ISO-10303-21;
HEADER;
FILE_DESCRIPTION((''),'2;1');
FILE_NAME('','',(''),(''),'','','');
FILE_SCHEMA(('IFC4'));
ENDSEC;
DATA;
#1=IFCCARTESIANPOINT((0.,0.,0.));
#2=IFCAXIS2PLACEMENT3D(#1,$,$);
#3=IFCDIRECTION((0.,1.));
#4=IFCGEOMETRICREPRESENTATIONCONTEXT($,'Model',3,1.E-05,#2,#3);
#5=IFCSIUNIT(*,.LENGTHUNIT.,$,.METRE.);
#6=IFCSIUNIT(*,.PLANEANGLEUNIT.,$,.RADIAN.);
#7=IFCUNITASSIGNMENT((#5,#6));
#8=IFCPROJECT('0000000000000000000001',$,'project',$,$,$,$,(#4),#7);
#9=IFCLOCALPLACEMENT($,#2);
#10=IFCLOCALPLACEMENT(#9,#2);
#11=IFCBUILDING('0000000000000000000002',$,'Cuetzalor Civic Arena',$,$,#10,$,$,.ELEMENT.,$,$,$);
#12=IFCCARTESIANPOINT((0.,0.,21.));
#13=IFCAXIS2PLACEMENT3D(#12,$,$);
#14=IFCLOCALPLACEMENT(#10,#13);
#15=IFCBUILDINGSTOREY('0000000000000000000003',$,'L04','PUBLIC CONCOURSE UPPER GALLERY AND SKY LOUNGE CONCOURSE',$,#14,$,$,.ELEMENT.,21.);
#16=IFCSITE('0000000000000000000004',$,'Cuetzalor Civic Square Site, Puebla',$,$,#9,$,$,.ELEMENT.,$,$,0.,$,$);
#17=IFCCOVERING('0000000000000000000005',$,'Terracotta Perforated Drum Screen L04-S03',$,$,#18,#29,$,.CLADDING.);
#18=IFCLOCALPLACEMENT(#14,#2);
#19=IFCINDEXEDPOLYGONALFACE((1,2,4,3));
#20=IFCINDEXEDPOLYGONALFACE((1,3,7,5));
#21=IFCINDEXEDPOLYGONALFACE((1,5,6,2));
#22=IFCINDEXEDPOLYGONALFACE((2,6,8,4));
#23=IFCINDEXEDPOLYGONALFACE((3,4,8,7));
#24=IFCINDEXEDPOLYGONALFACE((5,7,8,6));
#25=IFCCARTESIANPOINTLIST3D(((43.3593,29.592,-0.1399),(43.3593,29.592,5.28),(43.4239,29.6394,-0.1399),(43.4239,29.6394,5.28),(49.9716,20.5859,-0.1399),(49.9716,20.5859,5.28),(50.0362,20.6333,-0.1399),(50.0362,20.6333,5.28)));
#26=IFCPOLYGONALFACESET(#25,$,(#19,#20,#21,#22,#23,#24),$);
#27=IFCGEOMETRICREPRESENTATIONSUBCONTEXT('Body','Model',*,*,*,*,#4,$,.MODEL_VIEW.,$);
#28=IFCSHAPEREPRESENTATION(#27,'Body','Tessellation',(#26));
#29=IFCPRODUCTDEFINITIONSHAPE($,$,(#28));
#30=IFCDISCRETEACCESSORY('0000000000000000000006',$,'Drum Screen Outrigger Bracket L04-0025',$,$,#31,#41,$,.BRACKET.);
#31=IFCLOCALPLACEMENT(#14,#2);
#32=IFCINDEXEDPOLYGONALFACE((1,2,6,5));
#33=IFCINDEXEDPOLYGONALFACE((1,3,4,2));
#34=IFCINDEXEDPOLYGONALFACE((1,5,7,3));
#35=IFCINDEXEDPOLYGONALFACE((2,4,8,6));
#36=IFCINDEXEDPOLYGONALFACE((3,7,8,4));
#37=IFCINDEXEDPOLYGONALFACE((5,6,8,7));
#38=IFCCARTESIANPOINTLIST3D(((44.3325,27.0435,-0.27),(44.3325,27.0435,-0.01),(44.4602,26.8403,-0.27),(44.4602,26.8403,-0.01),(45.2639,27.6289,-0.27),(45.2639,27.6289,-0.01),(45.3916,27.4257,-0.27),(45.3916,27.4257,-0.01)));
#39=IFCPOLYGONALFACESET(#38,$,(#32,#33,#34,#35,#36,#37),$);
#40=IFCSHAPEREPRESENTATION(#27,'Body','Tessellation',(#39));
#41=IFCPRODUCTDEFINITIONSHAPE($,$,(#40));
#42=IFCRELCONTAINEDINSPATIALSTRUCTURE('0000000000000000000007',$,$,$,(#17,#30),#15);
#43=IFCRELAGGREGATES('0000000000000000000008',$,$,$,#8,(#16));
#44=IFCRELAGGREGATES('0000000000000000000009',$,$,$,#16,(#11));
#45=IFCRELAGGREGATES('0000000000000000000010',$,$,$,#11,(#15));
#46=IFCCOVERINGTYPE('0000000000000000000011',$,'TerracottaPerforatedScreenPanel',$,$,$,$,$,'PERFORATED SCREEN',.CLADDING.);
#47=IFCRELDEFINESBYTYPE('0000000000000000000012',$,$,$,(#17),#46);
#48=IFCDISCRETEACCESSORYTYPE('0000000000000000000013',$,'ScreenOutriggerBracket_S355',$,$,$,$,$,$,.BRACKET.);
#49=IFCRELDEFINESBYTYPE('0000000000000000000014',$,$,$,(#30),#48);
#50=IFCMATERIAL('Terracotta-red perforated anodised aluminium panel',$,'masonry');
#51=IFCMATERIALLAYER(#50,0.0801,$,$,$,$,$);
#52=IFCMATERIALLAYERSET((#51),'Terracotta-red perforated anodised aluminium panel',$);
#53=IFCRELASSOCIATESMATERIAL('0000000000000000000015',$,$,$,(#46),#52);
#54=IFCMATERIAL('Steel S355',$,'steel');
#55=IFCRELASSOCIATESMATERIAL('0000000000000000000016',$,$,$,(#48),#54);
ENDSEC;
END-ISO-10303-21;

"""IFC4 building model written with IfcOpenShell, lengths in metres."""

from ifc_helpers import new_model, si_unit, direction, frame, frame_2d, origin, origin_2d, place, context, subcontext, project, spatial, rectangle, extrude, material, layer, layer_set, type_object, element, save


model = new_model("IFC4")

# Units and contexts
model_context = context("Model", 3, precision=1e-05, world=origin(), true_north=direction((0.0, 1.0)))
body_context = subcontext(model_context, "Body", "Model", "MODEL_VIEW")
ifc_project = project(units=[si_unit("LENGTHUNIT", "METRE"), si_unit("PLANEANGLEUNIT", "RADIAN")], contexts=[model_context])

# Site, building, storey
site_placement = place(None, origin())
site = spatial("IfcSite", under=ifc_project, at=site_placement, Name="Cuetzalor Civic Square Site, Puebla", CompositionType="ELEMENT", RefElevation=0.0)
building_placement = place(site_placement, origin())
building = spatial("IfcBuilding", under=site, at=building_placement, Name="Cuetzalor Civic Arena", CompositionType="ELEMENT")
storey_placement = place(building_placement, frame((0.0, 0.0, 21.0)))
storey = spatial("IfcBuildingStorey", under=building, at=storey_placement, Name="L04", Description="PUBLIC CONCOURSE UPPER GALLERY AND SKY LOUNGE CONCOURSE", CompositionType="ELEMENT", Elevation=21.0)

# Covering
ifc_material_1 = material(Name="Terracotta-red perforated anodised aluminium panel", Category="masonry")
ifc_layer_1 = layer(ifc_material_1, 0.0801)
ifc_layer_set_1 = layer_set([ifc_layer_1], Name="Terracotta-red perforated anodised aluminium panel")
covering_type = type_object("IfcCoveringType", Name="TerracottaPerforatedScreenPanel", ElementType="PERFORATED SCREEN", PredefinedType="CLADDING", material=ifc_layer_set_1)
covering_placement = place(storey_placement, frame((43.3916, 29.6157, -0.1399), z_axis=(0.0, 0.0, 1.0), x_axis=(0.591819, -0.806071, 0.0)))
element("IfcCovering", 1, at=covering_placement, inside=storey, type_object=covering_type, Name="Terracotta Perforated Drum Screen L04-S03", PredefinedType="CLADDING", context=body_context, shape_type="SweptSolid", body=[
    extrude(rectangle(XDim=11.1729, YDim=0.0801, at=frame_2d((5.5864, 0.0))), origin(), (0.0, 0.0, 1.0), 5.4199),
])

# Discrete accessory
ifc_material_2 = material(Name="Steel S355", Category="steel")
discrete_accessory_type = type_object("IfcDiscreteAccessoryType", Name="ScreenOutriggerBracket_S355", PredefinedType="BRACKET", material=ifc_material_2)
discrete_accessory_placement = place(storey_placement, frame((44.8621, 27.2346, -0.27), z_axis=(0.0, 0.0, 1.0), x_axis=(0.846658, 0.532138, 0.0)))
element("IfcDiscreteAccessory", 2, at=discrete_accessory_placement, inside=storey, type_object=discrete_accessory_type, Name="Drum Screen Outrigger Bracket L04-0025", PredefinedType="BRACKET", context=body_context, shape_type="SweptSolid", body=[
    extrude(rectangle(XDim=1.1001, YDim=0.24, at=origin_2d()), origin(), (0.0, 0.0, 1.0), 0.26),
])

save(model, "model.ifc")
